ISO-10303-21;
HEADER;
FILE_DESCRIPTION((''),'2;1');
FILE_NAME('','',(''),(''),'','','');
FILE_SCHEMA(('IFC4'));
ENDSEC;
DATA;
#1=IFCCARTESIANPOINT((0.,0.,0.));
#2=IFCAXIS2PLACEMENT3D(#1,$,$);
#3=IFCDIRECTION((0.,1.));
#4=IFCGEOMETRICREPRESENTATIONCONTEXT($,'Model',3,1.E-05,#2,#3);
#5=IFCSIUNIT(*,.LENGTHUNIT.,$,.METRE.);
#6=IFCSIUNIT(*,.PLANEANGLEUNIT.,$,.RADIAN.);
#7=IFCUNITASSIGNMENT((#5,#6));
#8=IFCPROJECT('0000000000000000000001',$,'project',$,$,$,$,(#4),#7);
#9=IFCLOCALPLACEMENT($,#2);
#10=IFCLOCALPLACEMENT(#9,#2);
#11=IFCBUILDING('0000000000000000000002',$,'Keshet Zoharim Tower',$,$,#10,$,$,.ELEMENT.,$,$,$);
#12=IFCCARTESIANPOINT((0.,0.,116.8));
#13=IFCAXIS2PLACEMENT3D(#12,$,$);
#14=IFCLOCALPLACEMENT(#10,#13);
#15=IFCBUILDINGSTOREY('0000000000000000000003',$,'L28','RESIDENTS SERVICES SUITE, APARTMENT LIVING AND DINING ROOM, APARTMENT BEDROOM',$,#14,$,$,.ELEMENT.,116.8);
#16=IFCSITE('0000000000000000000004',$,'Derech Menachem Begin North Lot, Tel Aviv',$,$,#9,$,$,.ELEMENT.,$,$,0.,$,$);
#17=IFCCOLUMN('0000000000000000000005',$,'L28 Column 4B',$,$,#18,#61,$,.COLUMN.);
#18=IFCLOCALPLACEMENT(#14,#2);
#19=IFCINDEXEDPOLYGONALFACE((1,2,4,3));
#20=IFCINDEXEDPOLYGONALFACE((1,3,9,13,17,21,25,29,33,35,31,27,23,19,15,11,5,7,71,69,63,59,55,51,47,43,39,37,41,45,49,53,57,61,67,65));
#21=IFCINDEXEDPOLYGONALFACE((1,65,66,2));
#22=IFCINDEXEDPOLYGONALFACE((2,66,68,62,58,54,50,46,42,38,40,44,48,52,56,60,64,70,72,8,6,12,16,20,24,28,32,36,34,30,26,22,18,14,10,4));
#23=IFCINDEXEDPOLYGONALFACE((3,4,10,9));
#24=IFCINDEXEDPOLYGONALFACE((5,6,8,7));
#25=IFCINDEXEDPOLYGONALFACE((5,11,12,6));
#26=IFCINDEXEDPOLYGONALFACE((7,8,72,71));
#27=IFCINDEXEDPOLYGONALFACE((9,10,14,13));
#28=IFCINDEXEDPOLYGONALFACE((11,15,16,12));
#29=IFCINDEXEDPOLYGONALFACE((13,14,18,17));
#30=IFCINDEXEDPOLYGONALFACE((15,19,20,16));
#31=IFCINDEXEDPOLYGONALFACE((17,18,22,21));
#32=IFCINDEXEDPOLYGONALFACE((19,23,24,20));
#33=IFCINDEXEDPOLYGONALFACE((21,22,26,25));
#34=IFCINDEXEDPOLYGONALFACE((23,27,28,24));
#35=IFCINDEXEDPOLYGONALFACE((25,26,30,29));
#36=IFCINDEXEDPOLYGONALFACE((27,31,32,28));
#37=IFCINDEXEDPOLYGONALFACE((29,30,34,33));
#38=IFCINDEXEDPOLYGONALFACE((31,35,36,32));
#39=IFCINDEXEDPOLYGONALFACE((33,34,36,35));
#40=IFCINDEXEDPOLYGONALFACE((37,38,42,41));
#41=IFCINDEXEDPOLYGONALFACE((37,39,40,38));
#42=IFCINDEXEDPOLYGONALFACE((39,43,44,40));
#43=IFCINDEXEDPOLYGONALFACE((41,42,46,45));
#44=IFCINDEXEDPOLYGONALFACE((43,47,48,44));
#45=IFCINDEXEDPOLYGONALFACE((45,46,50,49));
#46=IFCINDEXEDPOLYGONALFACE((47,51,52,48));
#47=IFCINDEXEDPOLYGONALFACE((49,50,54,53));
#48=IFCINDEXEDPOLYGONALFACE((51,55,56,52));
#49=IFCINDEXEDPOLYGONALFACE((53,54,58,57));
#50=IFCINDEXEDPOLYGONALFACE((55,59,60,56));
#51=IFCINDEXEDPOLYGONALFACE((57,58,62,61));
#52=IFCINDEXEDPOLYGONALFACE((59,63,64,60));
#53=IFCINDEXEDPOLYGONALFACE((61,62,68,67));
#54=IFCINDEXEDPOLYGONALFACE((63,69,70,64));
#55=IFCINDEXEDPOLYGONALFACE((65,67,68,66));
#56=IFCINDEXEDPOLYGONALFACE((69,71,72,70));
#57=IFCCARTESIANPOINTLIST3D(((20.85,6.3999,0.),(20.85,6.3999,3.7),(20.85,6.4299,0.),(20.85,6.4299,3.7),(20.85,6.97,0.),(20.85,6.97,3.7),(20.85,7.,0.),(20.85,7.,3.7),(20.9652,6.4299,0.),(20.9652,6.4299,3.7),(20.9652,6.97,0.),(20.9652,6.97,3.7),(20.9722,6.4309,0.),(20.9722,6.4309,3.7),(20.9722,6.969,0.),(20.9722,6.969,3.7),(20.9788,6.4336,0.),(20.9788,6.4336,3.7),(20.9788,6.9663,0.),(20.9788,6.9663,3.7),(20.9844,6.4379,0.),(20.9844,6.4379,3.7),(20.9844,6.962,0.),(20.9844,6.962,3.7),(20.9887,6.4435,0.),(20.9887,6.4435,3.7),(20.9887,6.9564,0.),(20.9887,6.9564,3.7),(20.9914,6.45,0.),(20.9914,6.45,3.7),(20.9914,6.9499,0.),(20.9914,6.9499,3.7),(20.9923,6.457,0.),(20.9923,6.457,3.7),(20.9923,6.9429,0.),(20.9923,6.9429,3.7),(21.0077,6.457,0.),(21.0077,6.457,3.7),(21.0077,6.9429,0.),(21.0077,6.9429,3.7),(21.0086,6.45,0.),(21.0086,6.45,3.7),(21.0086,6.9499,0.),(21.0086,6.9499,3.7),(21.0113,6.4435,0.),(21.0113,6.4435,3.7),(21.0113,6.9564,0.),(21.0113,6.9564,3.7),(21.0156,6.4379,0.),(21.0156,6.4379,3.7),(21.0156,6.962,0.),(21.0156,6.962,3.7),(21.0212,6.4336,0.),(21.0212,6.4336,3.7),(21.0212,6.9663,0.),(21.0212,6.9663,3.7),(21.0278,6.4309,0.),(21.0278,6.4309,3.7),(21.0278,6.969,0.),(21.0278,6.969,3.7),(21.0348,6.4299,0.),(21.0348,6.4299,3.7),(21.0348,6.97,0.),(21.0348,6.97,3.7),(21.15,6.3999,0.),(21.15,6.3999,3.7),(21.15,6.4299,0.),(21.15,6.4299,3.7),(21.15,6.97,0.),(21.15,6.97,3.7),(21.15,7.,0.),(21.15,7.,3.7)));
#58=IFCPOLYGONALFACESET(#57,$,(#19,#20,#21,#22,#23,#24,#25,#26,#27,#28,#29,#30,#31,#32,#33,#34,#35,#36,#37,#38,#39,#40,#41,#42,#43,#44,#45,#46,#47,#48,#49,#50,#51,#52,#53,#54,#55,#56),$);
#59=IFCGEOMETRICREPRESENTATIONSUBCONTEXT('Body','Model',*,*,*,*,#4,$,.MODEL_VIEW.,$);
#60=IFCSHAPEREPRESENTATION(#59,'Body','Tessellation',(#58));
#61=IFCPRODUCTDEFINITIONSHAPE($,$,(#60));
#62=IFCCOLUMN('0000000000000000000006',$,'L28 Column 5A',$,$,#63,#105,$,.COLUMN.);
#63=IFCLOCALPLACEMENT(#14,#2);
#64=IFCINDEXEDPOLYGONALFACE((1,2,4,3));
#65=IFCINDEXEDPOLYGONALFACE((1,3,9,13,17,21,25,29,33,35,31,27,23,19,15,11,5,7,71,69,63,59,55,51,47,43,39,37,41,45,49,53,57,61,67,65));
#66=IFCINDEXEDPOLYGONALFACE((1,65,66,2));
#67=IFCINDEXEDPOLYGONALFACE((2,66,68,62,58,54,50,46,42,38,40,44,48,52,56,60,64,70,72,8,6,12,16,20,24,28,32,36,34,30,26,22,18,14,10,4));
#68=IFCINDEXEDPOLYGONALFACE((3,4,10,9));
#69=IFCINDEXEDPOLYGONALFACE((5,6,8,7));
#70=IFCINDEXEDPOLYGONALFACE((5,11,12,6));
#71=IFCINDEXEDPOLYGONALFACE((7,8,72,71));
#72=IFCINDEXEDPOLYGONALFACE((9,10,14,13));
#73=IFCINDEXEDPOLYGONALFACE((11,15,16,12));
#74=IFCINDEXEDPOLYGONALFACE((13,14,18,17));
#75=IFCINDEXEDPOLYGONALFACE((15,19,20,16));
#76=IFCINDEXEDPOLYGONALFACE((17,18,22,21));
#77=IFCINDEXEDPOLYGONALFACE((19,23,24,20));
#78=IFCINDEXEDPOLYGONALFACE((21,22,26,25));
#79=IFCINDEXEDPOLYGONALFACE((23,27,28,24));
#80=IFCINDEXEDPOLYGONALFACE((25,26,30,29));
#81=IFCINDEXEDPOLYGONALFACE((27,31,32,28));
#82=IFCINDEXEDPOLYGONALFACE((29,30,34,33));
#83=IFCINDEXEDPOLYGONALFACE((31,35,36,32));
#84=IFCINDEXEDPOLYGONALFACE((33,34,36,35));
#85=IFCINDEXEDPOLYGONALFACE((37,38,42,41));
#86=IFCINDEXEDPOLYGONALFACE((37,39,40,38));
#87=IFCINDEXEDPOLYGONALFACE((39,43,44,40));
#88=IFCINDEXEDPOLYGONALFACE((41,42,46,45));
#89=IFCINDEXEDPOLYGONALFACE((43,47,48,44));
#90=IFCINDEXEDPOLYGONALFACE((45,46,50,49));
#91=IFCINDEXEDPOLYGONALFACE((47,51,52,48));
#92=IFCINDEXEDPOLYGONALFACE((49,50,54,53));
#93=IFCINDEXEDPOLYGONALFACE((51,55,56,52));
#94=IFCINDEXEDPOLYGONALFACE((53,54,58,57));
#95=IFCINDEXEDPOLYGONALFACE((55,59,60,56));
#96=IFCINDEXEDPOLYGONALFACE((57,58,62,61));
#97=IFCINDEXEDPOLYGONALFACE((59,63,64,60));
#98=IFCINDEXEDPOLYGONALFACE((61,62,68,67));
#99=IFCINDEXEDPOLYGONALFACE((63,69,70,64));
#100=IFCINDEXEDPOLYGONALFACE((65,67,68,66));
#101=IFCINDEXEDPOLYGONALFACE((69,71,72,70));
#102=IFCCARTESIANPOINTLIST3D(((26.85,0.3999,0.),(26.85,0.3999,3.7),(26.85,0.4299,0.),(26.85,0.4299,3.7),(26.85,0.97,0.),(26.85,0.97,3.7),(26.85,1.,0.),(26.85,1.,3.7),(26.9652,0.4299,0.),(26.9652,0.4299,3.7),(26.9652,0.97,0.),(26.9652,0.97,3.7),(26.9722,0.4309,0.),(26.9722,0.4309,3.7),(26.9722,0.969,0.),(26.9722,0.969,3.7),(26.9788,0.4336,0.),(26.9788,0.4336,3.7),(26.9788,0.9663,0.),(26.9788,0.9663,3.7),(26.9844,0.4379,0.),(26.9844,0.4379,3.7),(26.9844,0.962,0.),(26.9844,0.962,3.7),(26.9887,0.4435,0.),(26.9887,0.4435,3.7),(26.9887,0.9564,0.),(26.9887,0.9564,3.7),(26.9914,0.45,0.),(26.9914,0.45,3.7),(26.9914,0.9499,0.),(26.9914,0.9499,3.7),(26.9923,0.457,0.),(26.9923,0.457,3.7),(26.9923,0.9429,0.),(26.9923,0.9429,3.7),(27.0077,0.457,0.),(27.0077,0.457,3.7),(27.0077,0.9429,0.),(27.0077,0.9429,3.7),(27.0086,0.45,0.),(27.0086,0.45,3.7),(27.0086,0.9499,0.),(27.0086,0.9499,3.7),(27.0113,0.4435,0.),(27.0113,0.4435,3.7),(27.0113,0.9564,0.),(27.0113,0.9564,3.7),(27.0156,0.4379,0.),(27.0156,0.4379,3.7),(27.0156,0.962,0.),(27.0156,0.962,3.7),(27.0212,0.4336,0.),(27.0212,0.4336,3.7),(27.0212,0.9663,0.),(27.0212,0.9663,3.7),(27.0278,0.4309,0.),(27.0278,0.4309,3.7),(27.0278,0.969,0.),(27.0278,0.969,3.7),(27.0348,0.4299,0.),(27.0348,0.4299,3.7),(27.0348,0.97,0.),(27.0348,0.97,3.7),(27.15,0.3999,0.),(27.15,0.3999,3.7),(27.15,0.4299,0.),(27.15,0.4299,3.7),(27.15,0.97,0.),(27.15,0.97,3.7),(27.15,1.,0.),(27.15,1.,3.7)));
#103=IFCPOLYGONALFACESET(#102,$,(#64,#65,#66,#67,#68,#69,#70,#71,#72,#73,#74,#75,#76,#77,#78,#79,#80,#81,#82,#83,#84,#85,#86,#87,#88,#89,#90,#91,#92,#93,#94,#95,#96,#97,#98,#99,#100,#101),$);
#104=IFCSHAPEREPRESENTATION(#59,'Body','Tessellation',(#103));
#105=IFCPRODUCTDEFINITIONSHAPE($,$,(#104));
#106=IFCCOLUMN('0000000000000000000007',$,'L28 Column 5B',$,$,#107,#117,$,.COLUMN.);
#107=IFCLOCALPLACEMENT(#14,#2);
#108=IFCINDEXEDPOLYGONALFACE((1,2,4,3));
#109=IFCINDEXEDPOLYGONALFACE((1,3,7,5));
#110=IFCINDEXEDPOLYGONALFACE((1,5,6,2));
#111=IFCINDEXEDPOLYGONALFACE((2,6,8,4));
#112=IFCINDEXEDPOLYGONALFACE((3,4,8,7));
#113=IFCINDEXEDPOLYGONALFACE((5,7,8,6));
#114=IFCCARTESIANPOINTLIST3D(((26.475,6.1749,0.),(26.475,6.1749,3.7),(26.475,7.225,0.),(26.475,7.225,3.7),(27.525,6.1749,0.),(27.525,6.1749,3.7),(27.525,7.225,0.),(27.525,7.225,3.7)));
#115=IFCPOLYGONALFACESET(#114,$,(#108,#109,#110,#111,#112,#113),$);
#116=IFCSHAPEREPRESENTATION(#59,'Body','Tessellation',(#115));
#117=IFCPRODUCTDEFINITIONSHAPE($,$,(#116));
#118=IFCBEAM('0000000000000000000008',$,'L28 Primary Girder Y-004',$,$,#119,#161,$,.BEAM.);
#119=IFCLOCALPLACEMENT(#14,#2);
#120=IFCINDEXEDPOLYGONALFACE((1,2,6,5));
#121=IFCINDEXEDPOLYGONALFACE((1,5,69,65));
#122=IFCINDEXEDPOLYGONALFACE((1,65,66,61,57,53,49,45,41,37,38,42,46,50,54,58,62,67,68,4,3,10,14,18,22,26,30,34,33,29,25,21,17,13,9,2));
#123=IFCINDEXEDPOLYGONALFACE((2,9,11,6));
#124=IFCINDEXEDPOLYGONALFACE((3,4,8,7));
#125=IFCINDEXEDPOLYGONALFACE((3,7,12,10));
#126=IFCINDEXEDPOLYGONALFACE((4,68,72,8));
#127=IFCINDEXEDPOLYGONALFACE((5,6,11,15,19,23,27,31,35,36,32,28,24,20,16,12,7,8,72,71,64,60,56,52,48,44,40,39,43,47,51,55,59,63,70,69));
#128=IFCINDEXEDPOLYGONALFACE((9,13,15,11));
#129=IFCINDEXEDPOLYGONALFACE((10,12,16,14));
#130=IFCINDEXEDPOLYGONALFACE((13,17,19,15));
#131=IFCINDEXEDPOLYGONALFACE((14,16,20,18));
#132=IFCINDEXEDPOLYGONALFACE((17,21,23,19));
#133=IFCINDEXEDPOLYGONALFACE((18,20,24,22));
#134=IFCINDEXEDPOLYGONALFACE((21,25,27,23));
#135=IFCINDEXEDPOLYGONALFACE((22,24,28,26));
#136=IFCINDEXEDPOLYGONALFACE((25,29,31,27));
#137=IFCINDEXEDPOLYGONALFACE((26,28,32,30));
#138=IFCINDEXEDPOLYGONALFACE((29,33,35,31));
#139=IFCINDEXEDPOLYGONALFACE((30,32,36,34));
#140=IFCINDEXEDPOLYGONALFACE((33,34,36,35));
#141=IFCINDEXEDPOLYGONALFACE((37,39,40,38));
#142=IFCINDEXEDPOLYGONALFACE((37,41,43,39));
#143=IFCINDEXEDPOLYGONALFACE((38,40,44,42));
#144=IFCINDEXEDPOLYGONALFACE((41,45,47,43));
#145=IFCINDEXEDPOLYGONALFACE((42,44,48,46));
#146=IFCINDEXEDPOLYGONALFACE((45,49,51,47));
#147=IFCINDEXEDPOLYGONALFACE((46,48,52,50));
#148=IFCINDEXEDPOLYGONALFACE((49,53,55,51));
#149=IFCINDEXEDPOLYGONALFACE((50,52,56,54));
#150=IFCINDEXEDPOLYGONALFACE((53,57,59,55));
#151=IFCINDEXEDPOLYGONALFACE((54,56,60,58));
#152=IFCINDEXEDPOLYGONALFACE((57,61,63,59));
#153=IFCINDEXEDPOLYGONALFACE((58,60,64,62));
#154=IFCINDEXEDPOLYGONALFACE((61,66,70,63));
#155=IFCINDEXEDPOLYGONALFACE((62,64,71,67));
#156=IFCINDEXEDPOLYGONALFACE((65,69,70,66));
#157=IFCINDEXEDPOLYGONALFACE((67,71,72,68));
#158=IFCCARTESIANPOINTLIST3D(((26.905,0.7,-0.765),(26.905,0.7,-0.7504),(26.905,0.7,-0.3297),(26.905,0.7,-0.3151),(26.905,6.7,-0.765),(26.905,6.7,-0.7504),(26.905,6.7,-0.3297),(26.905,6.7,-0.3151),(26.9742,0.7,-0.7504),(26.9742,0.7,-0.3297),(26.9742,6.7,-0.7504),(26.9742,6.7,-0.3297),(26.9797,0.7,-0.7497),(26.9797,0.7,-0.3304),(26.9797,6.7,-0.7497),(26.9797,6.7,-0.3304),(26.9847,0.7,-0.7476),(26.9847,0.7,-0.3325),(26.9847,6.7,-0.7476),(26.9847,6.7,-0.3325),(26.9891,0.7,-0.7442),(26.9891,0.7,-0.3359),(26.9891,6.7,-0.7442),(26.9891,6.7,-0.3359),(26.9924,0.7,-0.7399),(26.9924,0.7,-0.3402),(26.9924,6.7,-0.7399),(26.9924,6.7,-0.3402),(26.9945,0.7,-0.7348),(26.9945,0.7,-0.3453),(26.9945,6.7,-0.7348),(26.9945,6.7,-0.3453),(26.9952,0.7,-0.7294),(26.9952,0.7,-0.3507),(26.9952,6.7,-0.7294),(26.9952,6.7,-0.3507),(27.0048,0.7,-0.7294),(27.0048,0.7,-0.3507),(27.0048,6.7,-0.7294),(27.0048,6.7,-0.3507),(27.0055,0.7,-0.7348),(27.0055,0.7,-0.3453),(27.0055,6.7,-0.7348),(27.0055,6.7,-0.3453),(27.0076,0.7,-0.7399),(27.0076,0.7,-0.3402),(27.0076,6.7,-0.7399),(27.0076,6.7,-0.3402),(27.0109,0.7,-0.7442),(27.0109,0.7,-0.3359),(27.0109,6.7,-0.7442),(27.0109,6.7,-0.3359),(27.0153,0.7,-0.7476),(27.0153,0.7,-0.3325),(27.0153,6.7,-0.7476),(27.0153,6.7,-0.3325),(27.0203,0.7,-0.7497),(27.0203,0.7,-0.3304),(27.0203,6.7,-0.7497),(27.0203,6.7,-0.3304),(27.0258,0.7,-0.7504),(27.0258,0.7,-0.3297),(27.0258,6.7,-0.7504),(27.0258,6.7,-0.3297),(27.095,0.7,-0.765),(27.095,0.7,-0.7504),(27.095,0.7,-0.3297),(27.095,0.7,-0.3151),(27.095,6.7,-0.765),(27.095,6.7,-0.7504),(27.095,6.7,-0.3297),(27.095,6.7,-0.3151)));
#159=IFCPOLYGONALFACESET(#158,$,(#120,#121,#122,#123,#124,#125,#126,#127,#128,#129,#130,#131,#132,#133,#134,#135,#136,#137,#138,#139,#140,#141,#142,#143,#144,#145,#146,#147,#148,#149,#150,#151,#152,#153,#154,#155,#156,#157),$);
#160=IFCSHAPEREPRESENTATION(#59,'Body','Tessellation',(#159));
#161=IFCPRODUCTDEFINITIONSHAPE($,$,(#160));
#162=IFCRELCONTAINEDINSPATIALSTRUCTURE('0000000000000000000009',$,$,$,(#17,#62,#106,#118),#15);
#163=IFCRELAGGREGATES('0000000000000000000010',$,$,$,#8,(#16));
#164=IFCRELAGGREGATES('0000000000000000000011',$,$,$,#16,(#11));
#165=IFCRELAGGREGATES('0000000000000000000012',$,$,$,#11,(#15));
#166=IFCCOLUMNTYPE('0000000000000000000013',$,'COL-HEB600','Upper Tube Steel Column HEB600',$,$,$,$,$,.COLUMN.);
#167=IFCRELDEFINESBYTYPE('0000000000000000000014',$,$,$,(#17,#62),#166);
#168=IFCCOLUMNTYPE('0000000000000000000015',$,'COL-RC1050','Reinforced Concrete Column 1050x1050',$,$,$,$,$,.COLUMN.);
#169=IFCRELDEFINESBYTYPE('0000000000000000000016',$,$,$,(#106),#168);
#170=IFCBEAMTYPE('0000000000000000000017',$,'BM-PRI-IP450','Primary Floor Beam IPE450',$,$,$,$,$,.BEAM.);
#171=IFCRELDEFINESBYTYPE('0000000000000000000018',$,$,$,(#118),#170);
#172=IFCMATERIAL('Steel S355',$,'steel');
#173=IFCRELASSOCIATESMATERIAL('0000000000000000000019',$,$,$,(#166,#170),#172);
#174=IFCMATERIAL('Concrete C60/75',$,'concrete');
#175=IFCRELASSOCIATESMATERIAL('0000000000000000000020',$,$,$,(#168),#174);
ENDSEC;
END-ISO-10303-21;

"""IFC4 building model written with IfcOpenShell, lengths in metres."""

from ifc_helpers import new_model, si_unit, direction, frame, origin, origin_2d, place, context, subcontext, project, spatial, rectangle, i_section, extrude, material, material_profile, profile_set, type_object, element, save


model = new_model("IFC4")

# Units and contexts
model_context = context("Model", 3, precision=1e-05, world=origin(), true_north=direction((0.0, 1.0)))
body_context = subcontext(model_context, "Body", "Model", "MODEL_VIEW")
ifc_project = project(units=[si_unit("LENGTHUNIT", "METRE"), si_unit("PLANEANGLEUNIT", "RADIAN")], contexts=[model_context])

# Site, building, storey
site_placement = place(None, origin())
site = spatial("IfcSite", under=ifc_project, at=site_placement, Name="Derech Menachem Begin North Lot, Tel Aviv", CompositionType="ELEMENT", RefElevation=0.0)
building_placement = place(site_placement, origin())
building = spatial("IfcBuilding", under=site, at=building_placement, Name="Keshet Zoharim Tower", CompositionType="ELEMENT")
storey_placement = place(building_placement, frame((0.0, 0.0, 116.8)))
storey = spatial("IfcBuildingStorey", under=building, at=storey_placement, Name="L28", Description="RESIDENTS SERVICES SUITE, APARTMENT LIVING AND DINING ROOM, APARTMENT BEDROOM", CompositionType="ELEMENT", Elevation=116.8)

# Columns
ifc_material_1 = material(Name="Steel S355", Category="steel")
ifc_material_profile_1 = material_profile(ifc_material_1, i_section(OverallWidth=0.3, OverallDepth=0.6001, WebThickness=0.0154, FlangeThickness=0.03, FilletRadius=0.0271, at=origin_2d()), Name="HEB600")
ifc_profile_set_1 = profile_set([ifc_material_profile_1], Name="Steel S355")
column_type_1 = type_object("IfcColumnType", Name="COL-HEB600", Description="Upper Tube Steel Column HEB600", PredefinedType="COLUMN", material=ifc_profile_set_1)
for number, where, z_axis, x_axis, name in (
    (1, (21.0, 6.7, 0.0), (0.0, 0.0, 1.0), (1.0, 0.0, 0.0), "L28 Column 4B"),
    (2, (27.0, 0.7, 0.0), (0.0, 0.0, 1.0), (1.0, 0.0, 0.0), "L28 Column 5A"),
):
    element("IfcColumn", number, at=place(storey_placement, frame(where, z_axis=z_axis, x_axis=x_axis)), inside=storey, type_object=column_type_1, Name=name, PredefinedType="COLUMN", context=body_context, shape_type="SweptSolid", body=[
        extrude(i_section(OverallWidth=0.3, OverallDepth=0.6001, WebThickness=0.0154, FlangeThickness=0.03, FilletRadius=0.0271, at=origin_2d()), origin(), (0.0, 0.0, 1.0), 3.7),
    ])
ifc_material_2 = material(Name="Concrete C60/75", Category="concrete")
ifc_material_profile_2 = material_profile(ifc_material_2, rectangle(XDim=1.05, YDim=1.05, at=origin_2d()), Name="RC1050x1050")
ifc_profile_set_2 = profile_set([ifc_material_profile_2], Name="Concrete C60/75")
column_type_2 = type_object("IfcColumnType", Name="COL-RC1050", Description="Reinforced Concrete Column 1050x1050", PredefinedType="COLUMN", material=ifc_profile_set_2)
column_placement = place(storey_placement, frame((27.0, 6.7, 0.0), z_axis=(0.0, 0.0, 1.0), x_axis=(1.0, 0.0, 0.0)))
element("IfcColumn", 3, at=column_placement, inside=storey, type_object=column_type_2, Name="L28 Column 5B", PredefinedType="COLUMN", context=body_context, shape_type="SweptSolid", body=[
    extrude(rectangle(XDim=1.05, YDim=1.05, at=origin_2d()), origin(), (0.0, 0.0, 1.0), 3.7),
])

# Beam
ifc_material_profile_3 = material_profile(ifc_material_1, i_section(OverallWidth=0.1899, OverallDepth=0.45, WebThickness=0.0095, FlangeThickness=0.0146, FilletRadius=0.021, at=origin_2d()), Name="IPE450")
ifc_profile_set_3 = profile_set([ifc_material_profile_3], Name="Steel S355")
beam_type_1 = type_object("IfcBeamType", Name="BM-PRI-IP450", Description="Primary Floor Beam IPE450", PredefinedType="BEAM", material=ifc_profile_set_3)
beam_1_placement = place(storey_placement, frame((27.0, 0.7, -0.54), z_axis=(0.0, 1.0, 0.0), x_axis=(-1.0, 0.0, 0.0)))
element("IfcBeam", 4, at=beam_1_placement, inside=storey, type_object=beam_type_1, Name="L28 Primary Girder Y-004", PredefinedType="BEAM", context=body_context, shape_type="SweptSolid", body=[
    extrude(i_section(OverallWidth=0.1899, OverallDepth=0.45, WebThickness=0.0095, FlangeThickness=0.0146, FilletRadius=0.021, at=origin_2d()), origin(), (0.0, 0.0, 1.0), 6.0),
])

save(model, "model.ifc")
